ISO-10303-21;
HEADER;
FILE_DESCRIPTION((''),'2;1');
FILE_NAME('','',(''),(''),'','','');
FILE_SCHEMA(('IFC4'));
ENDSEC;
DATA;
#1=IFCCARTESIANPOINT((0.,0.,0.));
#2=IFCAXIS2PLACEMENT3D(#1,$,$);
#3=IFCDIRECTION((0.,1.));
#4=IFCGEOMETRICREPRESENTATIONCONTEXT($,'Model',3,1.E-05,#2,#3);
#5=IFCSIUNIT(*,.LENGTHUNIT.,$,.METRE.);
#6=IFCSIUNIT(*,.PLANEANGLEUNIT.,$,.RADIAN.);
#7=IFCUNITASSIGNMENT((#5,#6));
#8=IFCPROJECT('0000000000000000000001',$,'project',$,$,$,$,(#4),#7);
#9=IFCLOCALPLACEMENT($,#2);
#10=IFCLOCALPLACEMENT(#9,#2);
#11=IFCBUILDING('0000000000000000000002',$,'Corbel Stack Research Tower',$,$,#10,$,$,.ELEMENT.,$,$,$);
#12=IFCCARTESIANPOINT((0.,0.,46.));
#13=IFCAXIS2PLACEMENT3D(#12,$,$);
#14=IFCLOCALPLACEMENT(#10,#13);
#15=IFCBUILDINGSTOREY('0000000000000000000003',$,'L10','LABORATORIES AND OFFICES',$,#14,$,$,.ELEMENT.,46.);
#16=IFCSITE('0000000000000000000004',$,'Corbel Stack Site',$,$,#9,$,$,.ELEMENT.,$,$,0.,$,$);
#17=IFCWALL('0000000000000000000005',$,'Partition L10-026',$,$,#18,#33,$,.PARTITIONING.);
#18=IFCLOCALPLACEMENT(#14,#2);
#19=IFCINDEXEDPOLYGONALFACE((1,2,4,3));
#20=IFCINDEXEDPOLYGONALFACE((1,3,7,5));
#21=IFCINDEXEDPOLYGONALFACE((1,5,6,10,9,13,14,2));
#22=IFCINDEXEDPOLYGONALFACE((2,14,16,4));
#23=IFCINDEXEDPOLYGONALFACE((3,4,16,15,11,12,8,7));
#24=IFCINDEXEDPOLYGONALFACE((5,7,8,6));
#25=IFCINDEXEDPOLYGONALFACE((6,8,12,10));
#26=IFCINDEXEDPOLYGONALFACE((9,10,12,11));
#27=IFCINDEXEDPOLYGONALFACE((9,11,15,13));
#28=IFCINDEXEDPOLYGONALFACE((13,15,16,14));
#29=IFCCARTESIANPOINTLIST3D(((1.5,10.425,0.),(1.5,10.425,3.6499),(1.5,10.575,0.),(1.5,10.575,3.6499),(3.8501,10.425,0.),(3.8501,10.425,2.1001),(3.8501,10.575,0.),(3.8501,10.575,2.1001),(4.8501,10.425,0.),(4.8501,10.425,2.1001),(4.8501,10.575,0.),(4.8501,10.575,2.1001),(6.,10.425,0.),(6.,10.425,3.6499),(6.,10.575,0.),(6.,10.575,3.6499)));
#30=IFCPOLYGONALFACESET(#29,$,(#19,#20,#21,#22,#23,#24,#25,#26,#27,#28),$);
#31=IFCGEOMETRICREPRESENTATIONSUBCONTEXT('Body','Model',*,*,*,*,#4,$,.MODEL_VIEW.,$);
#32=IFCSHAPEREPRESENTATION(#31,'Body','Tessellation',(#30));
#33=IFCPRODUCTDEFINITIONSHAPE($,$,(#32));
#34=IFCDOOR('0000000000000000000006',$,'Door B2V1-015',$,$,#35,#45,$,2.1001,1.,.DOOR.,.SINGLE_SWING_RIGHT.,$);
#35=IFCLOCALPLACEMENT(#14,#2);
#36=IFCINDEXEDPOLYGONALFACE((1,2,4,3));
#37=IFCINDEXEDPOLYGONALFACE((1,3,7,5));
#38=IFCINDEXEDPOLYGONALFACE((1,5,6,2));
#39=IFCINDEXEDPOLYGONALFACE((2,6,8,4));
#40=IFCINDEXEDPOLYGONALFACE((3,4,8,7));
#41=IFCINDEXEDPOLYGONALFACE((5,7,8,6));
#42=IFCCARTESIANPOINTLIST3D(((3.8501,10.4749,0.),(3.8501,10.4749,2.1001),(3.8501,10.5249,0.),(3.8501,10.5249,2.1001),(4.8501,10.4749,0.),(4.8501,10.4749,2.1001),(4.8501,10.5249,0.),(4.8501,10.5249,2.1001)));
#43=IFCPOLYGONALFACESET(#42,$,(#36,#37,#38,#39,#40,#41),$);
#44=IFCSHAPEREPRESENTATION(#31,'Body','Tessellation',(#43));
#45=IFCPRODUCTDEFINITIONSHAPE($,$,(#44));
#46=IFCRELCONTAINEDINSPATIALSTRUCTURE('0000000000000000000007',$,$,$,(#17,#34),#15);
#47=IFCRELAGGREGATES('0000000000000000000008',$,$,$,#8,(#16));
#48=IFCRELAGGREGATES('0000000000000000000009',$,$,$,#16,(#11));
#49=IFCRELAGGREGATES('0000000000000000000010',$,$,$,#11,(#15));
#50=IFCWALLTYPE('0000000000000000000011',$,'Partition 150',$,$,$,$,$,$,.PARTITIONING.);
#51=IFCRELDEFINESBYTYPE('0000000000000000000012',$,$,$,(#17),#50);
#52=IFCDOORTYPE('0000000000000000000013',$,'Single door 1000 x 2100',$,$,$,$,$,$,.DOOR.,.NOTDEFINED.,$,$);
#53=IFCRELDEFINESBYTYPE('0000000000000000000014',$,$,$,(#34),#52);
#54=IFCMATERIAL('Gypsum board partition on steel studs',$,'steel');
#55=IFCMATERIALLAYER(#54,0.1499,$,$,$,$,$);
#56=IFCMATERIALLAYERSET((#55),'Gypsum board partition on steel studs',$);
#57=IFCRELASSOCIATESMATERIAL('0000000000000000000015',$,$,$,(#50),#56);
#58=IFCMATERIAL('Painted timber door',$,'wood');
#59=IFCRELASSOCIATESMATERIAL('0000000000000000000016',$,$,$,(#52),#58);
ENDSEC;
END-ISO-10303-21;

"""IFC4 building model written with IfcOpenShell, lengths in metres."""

from ifc_helpers import new_model, si_unit, direction, frame, frame_2d, origin, place, context, subcontext, project, spatial, rectangle, extrude, material, layer, layer_set, type_object, element, fill, save


model = new_model("IFC4")

# Units and contexts
model_context = context("Model", 3, precision=1e-05, world=origin(), true_north=direction((0.0, 1.0)))
body_context = subcontext(model_context, "Body", "Model", "MODEL_VIEW")
ifc_project = project(units=[si_unit("LENGTHUNIT", "METRE"), si_unit("PLANEANGLEUNIT", "RADIAN")], contexts=[model_context])

# Site, building, storey
site_placement = place(None, origin())
site = spatial("IfcSite", under=ifc_project, at=site_placement, Name="Corbel Stack Site", CompositionType="ELEMENT", RefElevation=0.0)
building_placement = place(site_placement, origin())
building = spatial("IfcBuilding", under=site, at=building_placement, Name="Corbel Stack Research Tower", CompositionType="ELEMENT")
storey_placement = place(building_placement, frame((0.0, 0.0, 46.0)))
storey = spatial("IfcBuildingStorey", under=building, at=storey_placement, Name="L10", Description="LABORATORIES AND OFFICES", CompositionType="ELEMENT", Elevation=46.0)

# Wall, opening, door
ifc_material_1 = material(Name="Gypsum board partition on steel studs", Category="steel")
ifc_layer_1 = layer(ifc_material_1, 0.1499)
ifc_layer_set_1 = layer_set([ifc_layer_1], Name="Gypsum board partition on steel studs")
wall_type_1 = type_object("IfcWallType", Name="Partition 150", PredefinedType="PARTITIONING", material=ifc_layer_set_1)
wall_1_placement = place(storey_placement, frame((1.5, 10.5, 0.0), z_axis=(0.0, 0.0, 1.0), x_axis=(1.0, 0.0, 0.0)))
wall_1 = element("IfcWall", 1, at=wall_1_placement, inside=storey, type_object=wall_type_1, Name="Partition L10-026", PredefinedType="PARTITIONING", context=body_context, shape_type="SweptSolid", body=[
    extrude(rectangle(XDim=4.5, YDim=0.1499, at=frame_2d((2.25, 0.0))), origin(), (0.0, 0.0, 1.0), 3.6499),
])
opening_1_placement = place(wall_1_placement, frame((2.3501, 0.0, 0.0)))
opening_1 = element("IfcOpeningElement", 2, at=opening_1_placement, cuts=wall_1, PredefinedType="OPENING", context=body_context, shape_type="SweptSolid", body=[
    extrude(rectangle(XDim=1.0, YDim=2.1001, at=frame_2d((0.5, 1.05))), frame((0.0, 0.085, 0.0), z_axis=(0.0, -1.0, 0.0), x_axis=(1.0, 0.0, 0.0)), (0.0, 0.0, 1.0), 0.1699),
])
ifc_material_2 = material(Name="Painted timber door", Category="wood")
door_type_1 = type_object("IfcDoorType", Name="Single door 1000 x 2100", OperationType="NOTDEFINED", PredefinedType="DOOR", material=ifc_material_2)
door_1_placement = place(opening_1_placement, origin())
door_1 = element("IfcDoor", 3, at=door_1_placement, inside=storey, type_object=door_type_1, Name="Door B2V1-015", OperationType="SINGLE_SWING_RIGHT", OverallHeight=2.1001, OverallWidth=1.0, PredefinedType="DOOR", context=body_context, shape_type="SweptSolid", body=[
    extrude(rectangle(XDim=1.0, YDim=2.1001, at=frame_2d((0.5, 1.05))), frame((0.0, 0.0249, 0.0), z_axis=(0.0, -1.0, 0.0), x_axis=(1.0, 0.0, 0.0)), (0.0, 0.0, 1.0), 0.05),
])
fill(opening_1, door_1)

save(model, "model.ifc")
